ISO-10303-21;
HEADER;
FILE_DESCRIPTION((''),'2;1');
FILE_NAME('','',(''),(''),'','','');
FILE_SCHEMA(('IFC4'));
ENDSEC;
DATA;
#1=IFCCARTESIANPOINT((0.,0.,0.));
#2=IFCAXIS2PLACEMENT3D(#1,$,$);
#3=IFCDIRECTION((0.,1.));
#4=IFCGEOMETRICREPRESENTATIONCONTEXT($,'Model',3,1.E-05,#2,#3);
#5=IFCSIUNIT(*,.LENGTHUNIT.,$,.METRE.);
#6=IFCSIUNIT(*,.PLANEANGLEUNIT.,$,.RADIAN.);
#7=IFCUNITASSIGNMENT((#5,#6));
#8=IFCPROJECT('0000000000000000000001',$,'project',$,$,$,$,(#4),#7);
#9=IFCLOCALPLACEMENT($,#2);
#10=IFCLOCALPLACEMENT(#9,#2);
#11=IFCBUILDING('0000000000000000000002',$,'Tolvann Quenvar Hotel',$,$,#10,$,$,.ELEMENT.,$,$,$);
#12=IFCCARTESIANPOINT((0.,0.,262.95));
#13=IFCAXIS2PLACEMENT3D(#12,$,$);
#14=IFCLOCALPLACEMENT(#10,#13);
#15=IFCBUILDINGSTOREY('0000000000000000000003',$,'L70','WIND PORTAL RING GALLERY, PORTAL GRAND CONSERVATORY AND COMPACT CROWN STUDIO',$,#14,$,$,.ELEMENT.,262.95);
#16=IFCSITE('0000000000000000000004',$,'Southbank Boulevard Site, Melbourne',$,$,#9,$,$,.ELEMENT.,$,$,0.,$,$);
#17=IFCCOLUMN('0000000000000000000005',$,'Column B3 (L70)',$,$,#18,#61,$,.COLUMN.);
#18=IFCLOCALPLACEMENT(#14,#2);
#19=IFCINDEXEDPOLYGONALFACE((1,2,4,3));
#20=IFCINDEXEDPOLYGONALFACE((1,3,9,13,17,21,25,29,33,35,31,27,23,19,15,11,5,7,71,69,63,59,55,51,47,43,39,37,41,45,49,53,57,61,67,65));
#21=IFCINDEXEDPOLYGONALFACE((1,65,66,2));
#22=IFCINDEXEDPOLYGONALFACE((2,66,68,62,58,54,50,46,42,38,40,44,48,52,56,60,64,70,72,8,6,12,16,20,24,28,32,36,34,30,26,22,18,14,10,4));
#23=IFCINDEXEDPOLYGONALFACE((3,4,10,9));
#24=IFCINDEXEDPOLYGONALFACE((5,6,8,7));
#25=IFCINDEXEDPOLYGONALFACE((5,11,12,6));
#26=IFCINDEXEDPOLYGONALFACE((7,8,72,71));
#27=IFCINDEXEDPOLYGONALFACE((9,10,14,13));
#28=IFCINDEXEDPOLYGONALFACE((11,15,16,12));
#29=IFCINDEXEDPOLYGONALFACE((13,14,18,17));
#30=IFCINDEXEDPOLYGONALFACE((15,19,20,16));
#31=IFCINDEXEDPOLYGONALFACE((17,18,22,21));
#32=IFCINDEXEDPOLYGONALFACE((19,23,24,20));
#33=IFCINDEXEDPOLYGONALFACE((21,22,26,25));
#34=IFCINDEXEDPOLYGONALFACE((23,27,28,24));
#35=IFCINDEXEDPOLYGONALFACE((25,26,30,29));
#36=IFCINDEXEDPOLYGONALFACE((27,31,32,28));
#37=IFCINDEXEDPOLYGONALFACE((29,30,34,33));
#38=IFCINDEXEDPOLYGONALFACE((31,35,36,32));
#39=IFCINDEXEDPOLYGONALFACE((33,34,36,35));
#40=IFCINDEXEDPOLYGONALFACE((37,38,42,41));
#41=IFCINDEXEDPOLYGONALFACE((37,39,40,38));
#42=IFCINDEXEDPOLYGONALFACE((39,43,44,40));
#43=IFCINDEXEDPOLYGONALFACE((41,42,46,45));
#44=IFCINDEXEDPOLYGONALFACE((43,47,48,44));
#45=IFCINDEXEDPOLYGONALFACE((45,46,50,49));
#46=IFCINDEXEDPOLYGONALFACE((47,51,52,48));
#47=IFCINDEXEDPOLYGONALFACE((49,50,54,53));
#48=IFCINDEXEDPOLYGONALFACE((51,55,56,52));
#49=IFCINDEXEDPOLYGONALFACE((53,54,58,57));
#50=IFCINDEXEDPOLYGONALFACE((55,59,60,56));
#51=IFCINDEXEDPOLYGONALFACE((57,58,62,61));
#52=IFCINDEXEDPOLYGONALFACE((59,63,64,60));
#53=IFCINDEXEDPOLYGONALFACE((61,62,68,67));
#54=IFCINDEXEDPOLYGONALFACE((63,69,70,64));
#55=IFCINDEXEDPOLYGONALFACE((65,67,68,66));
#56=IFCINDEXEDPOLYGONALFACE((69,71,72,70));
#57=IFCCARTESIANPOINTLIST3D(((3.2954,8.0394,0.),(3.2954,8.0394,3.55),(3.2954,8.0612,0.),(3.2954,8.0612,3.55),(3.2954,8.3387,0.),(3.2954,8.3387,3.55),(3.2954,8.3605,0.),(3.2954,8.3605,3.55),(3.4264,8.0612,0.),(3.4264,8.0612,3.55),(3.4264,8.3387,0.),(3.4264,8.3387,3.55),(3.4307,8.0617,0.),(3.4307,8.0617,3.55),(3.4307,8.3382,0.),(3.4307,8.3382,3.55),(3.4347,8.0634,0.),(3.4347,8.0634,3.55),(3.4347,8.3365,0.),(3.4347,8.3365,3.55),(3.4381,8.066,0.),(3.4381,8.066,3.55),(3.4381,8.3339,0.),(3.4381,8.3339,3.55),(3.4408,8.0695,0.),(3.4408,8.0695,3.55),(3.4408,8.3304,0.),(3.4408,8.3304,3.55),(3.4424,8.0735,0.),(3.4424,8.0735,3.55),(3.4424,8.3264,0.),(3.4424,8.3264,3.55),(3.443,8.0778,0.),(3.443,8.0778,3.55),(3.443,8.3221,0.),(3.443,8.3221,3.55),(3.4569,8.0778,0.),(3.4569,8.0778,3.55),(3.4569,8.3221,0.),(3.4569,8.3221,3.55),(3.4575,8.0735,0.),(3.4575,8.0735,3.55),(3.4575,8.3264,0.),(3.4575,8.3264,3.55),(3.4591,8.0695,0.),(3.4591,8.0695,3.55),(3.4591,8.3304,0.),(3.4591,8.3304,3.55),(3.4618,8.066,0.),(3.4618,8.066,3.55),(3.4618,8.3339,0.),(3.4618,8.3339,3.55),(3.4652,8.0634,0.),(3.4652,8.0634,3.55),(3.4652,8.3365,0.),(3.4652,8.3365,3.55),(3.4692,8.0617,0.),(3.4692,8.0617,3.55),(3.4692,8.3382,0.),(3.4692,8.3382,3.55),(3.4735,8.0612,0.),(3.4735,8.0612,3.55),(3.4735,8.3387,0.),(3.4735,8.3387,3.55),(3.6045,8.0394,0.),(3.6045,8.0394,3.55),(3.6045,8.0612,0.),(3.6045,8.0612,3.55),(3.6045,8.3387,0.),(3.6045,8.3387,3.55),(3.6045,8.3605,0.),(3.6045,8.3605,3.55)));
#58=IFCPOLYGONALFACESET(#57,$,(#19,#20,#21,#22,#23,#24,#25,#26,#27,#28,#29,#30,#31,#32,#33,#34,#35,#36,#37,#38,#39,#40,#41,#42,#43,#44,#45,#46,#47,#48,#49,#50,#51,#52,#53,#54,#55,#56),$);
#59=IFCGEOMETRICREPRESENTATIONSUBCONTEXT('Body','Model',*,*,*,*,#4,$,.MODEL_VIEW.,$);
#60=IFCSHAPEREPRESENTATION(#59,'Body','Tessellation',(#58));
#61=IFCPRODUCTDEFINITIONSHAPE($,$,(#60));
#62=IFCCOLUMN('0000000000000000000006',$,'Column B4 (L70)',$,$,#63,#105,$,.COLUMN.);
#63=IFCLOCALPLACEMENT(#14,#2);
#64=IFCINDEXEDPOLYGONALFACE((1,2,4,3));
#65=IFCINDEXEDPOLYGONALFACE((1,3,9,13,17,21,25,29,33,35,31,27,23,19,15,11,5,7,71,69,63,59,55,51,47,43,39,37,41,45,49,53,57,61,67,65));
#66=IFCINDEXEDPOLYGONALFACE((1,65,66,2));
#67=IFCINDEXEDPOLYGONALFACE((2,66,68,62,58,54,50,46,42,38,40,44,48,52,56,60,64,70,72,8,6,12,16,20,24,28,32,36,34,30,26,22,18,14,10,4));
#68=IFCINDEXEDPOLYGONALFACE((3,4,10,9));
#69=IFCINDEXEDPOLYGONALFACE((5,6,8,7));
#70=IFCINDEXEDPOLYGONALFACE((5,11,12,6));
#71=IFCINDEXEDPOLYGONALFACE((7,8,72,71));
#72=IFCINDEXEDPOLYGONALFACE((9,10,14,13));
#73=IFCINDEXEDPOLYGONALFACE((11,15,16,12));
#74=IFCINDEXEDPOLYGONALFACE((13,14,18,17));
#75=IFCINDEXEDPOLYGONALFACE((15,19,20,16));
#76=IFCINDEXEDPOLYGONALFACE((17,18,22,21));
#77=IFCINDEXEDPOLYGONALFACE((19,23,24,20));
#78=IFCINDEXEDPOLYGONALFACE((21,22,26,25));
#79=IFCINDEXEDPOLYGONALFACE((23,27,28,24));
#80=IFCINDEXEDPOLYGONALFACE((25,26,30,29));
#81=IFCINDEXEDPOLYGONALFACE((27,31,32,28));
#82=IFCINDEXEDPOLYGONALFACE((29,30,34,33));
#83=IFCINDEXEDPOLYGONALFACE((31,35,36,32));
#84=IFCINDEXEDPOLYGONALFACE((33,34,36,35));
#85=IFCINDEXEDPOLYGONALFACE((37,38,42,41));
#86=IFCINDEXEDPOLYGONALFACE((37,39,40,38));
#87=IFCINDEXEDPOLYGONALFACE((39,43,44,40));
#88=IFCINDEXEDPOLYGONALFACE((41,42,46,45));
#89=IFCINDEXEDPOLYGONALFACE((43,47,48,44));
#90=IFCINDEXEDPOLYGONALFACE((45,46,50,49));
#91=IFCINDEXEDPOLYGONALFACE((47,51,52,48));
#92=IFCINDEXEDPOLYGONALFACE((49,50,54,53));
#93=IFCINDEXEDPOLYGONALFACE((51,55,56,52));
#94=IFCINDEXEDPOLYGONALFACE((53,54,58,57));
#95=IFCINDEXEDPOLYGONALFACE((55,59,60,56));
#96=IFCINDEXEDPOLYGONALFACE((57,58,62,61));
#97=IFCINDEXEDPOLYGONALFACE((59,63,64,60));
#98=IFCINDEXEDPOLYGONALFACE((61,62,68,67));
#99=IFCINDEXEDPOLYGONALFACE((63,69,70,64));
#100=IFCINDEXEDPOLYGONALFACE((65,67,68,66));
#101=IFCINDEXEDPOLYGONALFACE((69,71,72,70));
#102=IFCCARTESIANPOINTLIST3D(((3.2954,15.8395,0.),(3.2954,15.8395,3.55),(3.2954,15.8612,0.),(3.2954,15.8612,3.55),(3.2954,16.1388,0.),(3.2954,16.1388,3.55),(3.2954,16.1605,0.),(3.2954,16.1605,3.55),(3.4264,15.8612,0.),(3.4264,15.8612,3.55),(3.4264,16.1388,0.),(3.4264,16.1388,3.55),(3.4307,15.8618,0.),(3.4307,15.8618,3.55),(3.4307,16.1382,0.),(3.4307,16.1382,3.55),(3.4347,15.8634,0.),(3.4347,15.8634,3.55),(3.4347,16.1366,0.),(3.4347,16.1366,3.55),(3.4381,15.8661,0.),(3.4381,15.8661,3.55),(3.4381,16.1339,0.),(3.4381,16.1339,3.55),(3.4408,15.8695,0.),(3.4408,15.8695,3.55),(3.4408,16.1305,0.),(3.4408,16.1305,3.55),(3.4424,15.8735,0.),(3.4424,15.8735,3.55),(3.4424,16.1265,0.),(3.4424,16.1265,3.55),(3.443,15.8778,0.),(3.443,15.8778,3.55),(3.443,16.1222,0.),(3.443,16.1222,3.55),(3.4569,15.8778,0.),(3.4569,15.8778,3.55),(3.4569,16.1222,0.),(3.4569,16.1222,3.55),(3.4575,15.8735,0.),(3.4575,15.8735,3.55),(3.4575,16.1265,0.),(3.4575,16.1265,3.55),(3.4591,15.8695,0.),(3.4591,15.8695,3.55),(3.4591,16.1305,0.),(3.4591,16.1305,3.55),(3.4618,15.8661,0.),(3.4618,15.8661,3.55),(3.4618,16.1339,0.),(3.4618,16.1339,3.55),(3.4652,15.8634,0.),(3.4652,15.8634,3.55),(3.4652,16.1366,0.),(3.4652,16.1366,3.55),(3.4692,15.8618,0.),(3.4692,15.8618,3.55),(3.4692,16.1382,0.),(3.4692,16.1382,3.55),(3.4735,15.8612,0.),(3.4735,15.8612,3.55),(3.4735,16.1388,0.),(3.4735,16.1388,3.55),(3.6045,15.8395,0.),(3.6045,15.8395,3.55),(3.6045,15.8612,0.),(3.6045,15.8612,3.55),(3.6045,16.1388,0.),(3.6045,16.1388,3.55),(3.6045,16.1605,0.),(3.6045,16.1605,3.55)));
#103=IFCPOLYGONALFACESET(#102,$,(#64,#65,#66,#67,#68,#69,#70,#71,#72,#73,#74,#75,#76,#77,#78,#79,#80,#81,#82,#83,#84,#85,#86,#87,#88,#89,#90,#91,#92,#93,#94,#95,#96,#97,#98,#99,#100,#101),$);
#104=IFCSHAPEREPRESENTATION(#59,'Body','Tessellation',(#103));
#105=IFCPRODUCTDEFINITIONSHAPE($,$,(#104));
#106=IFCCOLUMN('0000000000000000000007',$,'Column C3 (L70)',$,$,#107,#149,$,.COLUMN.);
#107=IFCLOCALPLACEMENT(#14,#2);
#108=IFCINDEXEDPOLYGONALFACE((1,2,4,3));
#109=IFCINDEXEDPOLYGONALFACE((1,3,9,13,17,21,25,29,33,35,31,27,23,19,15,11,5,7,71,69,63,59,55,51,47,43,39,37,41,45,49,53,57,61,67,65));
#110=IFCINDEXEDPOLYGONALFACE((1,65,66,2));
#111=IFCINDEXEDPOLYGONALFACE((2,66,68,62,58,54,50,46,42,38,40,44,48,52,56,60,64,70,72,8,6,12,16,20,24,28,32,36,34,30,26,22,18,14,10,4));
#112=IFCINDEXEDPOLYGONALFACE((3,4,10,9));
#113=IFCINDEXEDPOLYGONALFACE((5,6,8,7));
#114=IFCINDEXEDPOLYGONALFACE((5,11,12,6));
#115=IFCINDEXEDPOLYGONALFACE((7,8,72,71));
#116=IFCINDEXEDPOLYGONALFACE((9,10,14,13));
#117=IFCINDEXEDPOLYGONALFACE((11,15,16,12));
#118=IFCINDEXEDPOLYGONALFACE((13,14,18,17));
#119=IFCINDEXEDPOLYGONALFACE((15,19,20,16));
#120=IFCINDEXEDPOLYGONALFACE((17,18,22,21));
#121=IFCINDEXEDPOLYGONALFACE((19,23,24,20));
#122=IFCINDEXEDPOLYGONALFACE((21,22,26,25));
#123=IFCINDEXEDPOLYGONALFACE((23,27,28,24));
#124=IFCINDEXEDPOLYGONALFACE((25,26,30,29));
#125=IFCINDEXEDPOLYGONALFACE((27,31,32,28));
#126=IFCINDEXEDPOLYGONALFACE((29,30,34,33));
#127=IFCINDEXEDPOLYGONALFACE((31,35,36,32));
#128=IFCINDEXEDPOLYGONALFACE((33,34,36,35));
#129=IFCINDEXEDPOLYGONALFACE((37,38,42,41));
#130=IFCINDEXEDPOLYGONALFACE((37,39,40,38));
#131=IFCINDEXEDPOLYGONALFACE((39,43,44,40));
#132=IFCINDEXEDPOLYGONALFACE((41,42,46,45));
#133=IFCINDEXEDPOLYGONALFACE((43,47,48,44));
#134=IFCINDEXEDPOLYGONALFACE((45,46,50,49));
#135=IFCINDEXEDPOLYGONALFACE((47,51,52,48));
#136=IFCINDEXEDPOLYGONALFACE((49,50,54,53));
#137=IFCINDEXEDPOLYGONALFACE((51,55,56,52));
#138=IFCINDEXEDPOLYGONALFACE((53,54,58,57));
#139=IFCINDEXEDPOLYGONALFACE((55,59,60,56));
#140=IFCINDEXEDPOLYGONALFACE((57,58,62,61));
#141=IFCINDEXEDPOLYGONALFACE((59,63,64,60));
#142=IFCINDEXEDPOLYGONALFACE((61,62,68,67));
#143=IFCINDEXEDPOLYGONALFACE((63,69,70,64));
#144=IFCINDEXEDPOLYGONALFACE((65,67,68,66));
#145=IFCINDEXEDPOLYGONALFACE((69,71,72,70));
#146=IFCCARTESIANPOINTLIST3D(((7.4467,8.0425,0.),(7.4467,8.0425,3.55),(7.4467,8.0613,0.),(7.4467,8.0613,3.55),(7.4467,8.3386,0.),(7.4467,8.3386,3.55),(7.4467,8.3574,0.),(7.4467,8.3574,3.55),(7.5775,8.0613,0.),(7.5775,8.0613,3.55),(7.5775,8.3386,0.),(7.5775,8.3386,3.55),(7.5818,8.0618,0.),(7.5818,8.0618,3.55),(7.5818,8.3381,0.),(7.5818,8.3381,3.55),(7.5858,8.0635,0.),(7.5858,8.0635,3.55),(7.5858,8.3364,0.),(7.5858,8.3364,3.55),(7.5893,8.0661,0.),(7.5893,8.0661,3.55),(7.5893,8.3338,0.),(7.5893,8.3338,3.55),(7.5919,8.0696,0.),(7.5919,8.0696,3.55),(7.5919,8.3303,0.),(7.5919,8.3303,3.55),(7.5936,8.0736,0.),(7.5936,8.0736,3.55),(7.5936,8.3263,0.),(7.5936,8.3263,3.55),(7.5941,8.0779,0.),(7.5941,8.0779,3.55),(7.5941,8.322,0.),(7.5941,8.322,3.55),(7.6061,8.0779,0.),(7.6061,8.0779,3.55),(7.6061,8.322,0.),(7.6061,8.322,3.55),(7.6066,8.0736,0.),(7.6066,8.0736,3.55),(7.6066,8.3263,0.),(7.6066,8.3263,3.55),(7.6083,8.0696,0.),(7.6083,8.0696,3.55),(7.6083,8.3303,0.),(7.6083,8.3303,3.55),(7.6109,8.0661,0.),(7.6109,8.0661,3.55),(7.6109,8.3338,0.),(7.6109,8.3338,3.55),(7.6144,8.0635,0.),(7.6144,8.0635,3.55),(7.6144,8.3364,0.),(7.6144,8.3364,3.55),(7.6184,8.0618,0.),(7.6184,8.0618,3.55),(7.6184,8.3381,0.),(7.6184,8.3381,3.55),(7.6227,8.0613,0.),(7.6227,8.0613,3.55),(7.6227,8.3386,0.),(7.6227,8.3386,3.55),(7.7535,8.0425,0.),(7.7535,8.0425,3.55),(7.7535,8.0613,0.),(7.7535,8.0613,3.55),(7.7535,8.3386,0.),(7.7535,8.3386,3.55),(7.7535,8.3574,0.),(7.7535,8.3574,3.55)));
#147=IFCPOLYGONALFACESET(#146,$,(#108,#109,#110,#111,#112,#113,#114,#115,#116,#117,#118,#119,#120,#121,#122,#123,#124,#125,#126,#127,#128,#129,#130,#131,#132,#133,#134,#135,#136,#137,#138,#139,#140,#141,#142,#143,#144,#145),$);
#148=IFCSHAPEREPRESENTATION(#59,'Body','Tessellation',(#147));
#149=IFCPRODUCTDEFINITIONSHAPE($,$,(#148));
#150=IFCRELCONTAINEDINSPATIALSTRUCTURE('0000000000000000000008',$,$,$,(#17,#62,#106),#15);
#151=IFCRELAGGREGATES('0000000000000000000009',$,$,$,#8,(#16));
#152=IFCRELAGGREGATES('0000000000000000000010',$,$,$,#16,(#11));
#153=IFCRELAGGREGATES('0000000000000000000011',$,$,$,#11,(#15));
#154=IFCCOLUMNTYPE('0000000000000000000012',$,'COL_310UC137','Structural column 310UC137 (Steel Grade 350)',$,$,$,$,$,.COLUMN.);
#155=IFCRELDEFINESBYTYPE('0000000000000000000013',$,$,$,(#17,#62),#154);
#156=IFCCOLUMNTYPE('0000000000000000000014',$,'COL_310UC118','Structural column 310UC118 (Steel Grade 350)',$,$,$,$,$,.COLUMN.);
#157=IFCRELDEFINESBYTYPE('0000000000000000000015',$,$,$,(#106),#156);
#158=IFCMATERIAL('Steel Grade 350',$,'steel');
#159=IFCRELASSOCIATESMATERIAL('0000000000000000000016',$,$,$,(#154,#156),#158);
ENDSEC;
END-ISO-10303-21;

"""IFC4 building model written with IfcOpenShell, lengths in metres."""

from ifc_helpers import new_model, si_unit, direction, frame, origin, origin_2d, place, context, subcontext, project, spatial, i_section, extrude, source, transform, mapped, material, material_profile, profile_set, type_object, type_shapes, element, save


model = new_model("IFC4")

# Units and contexts
model_context = context("Model", 3, precision=1e-05, world=origin(), true_north=direction((0.0, 1.0)))
body_context = subcontext(model_context, "Body", "Model", "MODEL_VIEW")
ifc_project = project(units=[si_unit("LENGTHUNIT", "METRE"), si_unit("PLANEANGLEUNIT", "RADIAN")], contexts=[model_context])

# Site, building, storey
site_placement = place(None, origin())
site = spatial("IfcSite", under=ifc_project, at=site_placement, Name="Southbank Boulevard Site, Melbourne", CompositionType="ELEMENT", RefElevation=0.0)
building_placement = place(site_placement, origin())
building = spatial("IfcBuilding", under=site, at=building_placement, Name="Tolvann Quenvar Hotel", CompositionType="ELEMENT")
storey_placement = place(building_placement, frame((0.0, 0.0, 262.95)))
storey = spatial("IfcBuildingStorey", under=building, at=storey_placement, Name="L70", Description="WIND PORTAL RING GALLERY, PORTAL GRAND CONSERVATORY AND COMPACT CROWN STUDIO", CompositionType="ELEMENT", Elevation=262.95)

# Columns
ifc_material_1 = material(Name="Steel Grade 350", Category="steel")
ifc_material_profile_1 = material_profile(ifc_material_1, i_section(OverallWidth=0.3091, OverallDepth=0.321, WebThickness=0.0139, FlangeThickness=0.0217, FilletRadius=0.0166, at=origin_2d()), Name="310UC137")
ifc_profile_set_1 = profile_set([ifc_material_profile_1], Name="Steel Grade 350")
column_type_1 = type_object("IfcColumnType", Name="COL_310UC137", Description="Structural column 310UC137 (Steel Grade 350)", PredefinedType="COLUMN", material=ifc_profile_set_1)
shared_shape_1 = source(origin(), body_context, "Body", "SweptSolid", [
    extrude(i_section(OverallWidth=0.3091, OverallDepth=0.321, WebThickness=0.0139, FlangeThickness=0.0217, FilletRadius=0.0166, at=origin_2d()), origin(), (0.0, 0.0, 1.0), 3.55),
])
type_shapes(column_type_1, [shared_shape_1])
for number, where, z_axis, x_axis, name in (
    (1, (3.45, 8.2, 0.0), (0.0, 0.0, 1.0), (1.0, 0.0, 0.0), "Column B3 (L70)"),
    (2, (3.45, 16.0, 0.0), (0.0, 0.0, 1.0), (1.0, 0.0, 0.0), "Column B4 (L70)"),
):
    element("IfcColumn", number, at=place(storey_placement, frame(where, z_axis=z_axis, x_axis=x_axis)), inside=storey, type_object=column_type_1, Name=name, PredefinedType="COLUMN", context=body_context, shape_type="MappedRepresentation", body=[
        mapped(shared_shape_1, transform((0.0, 0.0, 0.0), x_axis=(1.0, 0.0, 0.0), y_axis=(0.0, 1.0, 0.0), z_axis=(0.0, 0.0, 1.0), scale=1.0)),
    ])
ifc_material_profile_2 = material_profile(ifc_material_1, i_section(OverallWidth=0.3069, OverallDepth=0.3149, WebThickness=0.012, FlangeThickness=0.0188, FilletRadius=0.0166, at=origin_2d()), Name="310UC118")
ifc_profile_set_2 = profile_set([ifc_material_profile_2], Name="Steel Grade 350")
column_type_2 = type_object("IfcColumnType", Name="COL_310UC118", Description="Structural column 310UC118 (Steel Grade 350)", PredefinedType="COLUMN", material=ifc_profile_set_2)
shared_shape_2 = source(origin(), body_context, "Body", "SweptSolid", [
    extrude(i_section(OverallWidth=0.3069, OverallDepth=0.3149, WebThickness=0.012, FlangeThickness=0.0188, FilletRadius=0.0166, at=origin_2d()), origin(), (0.0, 0.0, 1.0), 3.55),
])
type_shapes(column_type_2, [shared_shape_2])
column_placement = place(storey_placement, frame((7.6001, 8.2, 0.0), z_axis=(0.0, 0.0, 1.0), x_axis=(1.0, 0.0, 0.0)))
element("IfcColumn", 3, at=column_placement, inside=storey, type_object=column_type_2, Name="Column C3 (L70)", PredefinedType="COLUMN", context=body_context, shape_type="MappedRepresentation", body=[
    mapped(shared_shape_2, transform((0.0, 0.0, 0.0), x_axis=(1.0, 0.0, 0.0), y_axis=(0.0, 1.0, 0.0), z_axis=(0.0, 0.0, 1.0), scale=1.0)),
])

save(model, "model.ifc")
